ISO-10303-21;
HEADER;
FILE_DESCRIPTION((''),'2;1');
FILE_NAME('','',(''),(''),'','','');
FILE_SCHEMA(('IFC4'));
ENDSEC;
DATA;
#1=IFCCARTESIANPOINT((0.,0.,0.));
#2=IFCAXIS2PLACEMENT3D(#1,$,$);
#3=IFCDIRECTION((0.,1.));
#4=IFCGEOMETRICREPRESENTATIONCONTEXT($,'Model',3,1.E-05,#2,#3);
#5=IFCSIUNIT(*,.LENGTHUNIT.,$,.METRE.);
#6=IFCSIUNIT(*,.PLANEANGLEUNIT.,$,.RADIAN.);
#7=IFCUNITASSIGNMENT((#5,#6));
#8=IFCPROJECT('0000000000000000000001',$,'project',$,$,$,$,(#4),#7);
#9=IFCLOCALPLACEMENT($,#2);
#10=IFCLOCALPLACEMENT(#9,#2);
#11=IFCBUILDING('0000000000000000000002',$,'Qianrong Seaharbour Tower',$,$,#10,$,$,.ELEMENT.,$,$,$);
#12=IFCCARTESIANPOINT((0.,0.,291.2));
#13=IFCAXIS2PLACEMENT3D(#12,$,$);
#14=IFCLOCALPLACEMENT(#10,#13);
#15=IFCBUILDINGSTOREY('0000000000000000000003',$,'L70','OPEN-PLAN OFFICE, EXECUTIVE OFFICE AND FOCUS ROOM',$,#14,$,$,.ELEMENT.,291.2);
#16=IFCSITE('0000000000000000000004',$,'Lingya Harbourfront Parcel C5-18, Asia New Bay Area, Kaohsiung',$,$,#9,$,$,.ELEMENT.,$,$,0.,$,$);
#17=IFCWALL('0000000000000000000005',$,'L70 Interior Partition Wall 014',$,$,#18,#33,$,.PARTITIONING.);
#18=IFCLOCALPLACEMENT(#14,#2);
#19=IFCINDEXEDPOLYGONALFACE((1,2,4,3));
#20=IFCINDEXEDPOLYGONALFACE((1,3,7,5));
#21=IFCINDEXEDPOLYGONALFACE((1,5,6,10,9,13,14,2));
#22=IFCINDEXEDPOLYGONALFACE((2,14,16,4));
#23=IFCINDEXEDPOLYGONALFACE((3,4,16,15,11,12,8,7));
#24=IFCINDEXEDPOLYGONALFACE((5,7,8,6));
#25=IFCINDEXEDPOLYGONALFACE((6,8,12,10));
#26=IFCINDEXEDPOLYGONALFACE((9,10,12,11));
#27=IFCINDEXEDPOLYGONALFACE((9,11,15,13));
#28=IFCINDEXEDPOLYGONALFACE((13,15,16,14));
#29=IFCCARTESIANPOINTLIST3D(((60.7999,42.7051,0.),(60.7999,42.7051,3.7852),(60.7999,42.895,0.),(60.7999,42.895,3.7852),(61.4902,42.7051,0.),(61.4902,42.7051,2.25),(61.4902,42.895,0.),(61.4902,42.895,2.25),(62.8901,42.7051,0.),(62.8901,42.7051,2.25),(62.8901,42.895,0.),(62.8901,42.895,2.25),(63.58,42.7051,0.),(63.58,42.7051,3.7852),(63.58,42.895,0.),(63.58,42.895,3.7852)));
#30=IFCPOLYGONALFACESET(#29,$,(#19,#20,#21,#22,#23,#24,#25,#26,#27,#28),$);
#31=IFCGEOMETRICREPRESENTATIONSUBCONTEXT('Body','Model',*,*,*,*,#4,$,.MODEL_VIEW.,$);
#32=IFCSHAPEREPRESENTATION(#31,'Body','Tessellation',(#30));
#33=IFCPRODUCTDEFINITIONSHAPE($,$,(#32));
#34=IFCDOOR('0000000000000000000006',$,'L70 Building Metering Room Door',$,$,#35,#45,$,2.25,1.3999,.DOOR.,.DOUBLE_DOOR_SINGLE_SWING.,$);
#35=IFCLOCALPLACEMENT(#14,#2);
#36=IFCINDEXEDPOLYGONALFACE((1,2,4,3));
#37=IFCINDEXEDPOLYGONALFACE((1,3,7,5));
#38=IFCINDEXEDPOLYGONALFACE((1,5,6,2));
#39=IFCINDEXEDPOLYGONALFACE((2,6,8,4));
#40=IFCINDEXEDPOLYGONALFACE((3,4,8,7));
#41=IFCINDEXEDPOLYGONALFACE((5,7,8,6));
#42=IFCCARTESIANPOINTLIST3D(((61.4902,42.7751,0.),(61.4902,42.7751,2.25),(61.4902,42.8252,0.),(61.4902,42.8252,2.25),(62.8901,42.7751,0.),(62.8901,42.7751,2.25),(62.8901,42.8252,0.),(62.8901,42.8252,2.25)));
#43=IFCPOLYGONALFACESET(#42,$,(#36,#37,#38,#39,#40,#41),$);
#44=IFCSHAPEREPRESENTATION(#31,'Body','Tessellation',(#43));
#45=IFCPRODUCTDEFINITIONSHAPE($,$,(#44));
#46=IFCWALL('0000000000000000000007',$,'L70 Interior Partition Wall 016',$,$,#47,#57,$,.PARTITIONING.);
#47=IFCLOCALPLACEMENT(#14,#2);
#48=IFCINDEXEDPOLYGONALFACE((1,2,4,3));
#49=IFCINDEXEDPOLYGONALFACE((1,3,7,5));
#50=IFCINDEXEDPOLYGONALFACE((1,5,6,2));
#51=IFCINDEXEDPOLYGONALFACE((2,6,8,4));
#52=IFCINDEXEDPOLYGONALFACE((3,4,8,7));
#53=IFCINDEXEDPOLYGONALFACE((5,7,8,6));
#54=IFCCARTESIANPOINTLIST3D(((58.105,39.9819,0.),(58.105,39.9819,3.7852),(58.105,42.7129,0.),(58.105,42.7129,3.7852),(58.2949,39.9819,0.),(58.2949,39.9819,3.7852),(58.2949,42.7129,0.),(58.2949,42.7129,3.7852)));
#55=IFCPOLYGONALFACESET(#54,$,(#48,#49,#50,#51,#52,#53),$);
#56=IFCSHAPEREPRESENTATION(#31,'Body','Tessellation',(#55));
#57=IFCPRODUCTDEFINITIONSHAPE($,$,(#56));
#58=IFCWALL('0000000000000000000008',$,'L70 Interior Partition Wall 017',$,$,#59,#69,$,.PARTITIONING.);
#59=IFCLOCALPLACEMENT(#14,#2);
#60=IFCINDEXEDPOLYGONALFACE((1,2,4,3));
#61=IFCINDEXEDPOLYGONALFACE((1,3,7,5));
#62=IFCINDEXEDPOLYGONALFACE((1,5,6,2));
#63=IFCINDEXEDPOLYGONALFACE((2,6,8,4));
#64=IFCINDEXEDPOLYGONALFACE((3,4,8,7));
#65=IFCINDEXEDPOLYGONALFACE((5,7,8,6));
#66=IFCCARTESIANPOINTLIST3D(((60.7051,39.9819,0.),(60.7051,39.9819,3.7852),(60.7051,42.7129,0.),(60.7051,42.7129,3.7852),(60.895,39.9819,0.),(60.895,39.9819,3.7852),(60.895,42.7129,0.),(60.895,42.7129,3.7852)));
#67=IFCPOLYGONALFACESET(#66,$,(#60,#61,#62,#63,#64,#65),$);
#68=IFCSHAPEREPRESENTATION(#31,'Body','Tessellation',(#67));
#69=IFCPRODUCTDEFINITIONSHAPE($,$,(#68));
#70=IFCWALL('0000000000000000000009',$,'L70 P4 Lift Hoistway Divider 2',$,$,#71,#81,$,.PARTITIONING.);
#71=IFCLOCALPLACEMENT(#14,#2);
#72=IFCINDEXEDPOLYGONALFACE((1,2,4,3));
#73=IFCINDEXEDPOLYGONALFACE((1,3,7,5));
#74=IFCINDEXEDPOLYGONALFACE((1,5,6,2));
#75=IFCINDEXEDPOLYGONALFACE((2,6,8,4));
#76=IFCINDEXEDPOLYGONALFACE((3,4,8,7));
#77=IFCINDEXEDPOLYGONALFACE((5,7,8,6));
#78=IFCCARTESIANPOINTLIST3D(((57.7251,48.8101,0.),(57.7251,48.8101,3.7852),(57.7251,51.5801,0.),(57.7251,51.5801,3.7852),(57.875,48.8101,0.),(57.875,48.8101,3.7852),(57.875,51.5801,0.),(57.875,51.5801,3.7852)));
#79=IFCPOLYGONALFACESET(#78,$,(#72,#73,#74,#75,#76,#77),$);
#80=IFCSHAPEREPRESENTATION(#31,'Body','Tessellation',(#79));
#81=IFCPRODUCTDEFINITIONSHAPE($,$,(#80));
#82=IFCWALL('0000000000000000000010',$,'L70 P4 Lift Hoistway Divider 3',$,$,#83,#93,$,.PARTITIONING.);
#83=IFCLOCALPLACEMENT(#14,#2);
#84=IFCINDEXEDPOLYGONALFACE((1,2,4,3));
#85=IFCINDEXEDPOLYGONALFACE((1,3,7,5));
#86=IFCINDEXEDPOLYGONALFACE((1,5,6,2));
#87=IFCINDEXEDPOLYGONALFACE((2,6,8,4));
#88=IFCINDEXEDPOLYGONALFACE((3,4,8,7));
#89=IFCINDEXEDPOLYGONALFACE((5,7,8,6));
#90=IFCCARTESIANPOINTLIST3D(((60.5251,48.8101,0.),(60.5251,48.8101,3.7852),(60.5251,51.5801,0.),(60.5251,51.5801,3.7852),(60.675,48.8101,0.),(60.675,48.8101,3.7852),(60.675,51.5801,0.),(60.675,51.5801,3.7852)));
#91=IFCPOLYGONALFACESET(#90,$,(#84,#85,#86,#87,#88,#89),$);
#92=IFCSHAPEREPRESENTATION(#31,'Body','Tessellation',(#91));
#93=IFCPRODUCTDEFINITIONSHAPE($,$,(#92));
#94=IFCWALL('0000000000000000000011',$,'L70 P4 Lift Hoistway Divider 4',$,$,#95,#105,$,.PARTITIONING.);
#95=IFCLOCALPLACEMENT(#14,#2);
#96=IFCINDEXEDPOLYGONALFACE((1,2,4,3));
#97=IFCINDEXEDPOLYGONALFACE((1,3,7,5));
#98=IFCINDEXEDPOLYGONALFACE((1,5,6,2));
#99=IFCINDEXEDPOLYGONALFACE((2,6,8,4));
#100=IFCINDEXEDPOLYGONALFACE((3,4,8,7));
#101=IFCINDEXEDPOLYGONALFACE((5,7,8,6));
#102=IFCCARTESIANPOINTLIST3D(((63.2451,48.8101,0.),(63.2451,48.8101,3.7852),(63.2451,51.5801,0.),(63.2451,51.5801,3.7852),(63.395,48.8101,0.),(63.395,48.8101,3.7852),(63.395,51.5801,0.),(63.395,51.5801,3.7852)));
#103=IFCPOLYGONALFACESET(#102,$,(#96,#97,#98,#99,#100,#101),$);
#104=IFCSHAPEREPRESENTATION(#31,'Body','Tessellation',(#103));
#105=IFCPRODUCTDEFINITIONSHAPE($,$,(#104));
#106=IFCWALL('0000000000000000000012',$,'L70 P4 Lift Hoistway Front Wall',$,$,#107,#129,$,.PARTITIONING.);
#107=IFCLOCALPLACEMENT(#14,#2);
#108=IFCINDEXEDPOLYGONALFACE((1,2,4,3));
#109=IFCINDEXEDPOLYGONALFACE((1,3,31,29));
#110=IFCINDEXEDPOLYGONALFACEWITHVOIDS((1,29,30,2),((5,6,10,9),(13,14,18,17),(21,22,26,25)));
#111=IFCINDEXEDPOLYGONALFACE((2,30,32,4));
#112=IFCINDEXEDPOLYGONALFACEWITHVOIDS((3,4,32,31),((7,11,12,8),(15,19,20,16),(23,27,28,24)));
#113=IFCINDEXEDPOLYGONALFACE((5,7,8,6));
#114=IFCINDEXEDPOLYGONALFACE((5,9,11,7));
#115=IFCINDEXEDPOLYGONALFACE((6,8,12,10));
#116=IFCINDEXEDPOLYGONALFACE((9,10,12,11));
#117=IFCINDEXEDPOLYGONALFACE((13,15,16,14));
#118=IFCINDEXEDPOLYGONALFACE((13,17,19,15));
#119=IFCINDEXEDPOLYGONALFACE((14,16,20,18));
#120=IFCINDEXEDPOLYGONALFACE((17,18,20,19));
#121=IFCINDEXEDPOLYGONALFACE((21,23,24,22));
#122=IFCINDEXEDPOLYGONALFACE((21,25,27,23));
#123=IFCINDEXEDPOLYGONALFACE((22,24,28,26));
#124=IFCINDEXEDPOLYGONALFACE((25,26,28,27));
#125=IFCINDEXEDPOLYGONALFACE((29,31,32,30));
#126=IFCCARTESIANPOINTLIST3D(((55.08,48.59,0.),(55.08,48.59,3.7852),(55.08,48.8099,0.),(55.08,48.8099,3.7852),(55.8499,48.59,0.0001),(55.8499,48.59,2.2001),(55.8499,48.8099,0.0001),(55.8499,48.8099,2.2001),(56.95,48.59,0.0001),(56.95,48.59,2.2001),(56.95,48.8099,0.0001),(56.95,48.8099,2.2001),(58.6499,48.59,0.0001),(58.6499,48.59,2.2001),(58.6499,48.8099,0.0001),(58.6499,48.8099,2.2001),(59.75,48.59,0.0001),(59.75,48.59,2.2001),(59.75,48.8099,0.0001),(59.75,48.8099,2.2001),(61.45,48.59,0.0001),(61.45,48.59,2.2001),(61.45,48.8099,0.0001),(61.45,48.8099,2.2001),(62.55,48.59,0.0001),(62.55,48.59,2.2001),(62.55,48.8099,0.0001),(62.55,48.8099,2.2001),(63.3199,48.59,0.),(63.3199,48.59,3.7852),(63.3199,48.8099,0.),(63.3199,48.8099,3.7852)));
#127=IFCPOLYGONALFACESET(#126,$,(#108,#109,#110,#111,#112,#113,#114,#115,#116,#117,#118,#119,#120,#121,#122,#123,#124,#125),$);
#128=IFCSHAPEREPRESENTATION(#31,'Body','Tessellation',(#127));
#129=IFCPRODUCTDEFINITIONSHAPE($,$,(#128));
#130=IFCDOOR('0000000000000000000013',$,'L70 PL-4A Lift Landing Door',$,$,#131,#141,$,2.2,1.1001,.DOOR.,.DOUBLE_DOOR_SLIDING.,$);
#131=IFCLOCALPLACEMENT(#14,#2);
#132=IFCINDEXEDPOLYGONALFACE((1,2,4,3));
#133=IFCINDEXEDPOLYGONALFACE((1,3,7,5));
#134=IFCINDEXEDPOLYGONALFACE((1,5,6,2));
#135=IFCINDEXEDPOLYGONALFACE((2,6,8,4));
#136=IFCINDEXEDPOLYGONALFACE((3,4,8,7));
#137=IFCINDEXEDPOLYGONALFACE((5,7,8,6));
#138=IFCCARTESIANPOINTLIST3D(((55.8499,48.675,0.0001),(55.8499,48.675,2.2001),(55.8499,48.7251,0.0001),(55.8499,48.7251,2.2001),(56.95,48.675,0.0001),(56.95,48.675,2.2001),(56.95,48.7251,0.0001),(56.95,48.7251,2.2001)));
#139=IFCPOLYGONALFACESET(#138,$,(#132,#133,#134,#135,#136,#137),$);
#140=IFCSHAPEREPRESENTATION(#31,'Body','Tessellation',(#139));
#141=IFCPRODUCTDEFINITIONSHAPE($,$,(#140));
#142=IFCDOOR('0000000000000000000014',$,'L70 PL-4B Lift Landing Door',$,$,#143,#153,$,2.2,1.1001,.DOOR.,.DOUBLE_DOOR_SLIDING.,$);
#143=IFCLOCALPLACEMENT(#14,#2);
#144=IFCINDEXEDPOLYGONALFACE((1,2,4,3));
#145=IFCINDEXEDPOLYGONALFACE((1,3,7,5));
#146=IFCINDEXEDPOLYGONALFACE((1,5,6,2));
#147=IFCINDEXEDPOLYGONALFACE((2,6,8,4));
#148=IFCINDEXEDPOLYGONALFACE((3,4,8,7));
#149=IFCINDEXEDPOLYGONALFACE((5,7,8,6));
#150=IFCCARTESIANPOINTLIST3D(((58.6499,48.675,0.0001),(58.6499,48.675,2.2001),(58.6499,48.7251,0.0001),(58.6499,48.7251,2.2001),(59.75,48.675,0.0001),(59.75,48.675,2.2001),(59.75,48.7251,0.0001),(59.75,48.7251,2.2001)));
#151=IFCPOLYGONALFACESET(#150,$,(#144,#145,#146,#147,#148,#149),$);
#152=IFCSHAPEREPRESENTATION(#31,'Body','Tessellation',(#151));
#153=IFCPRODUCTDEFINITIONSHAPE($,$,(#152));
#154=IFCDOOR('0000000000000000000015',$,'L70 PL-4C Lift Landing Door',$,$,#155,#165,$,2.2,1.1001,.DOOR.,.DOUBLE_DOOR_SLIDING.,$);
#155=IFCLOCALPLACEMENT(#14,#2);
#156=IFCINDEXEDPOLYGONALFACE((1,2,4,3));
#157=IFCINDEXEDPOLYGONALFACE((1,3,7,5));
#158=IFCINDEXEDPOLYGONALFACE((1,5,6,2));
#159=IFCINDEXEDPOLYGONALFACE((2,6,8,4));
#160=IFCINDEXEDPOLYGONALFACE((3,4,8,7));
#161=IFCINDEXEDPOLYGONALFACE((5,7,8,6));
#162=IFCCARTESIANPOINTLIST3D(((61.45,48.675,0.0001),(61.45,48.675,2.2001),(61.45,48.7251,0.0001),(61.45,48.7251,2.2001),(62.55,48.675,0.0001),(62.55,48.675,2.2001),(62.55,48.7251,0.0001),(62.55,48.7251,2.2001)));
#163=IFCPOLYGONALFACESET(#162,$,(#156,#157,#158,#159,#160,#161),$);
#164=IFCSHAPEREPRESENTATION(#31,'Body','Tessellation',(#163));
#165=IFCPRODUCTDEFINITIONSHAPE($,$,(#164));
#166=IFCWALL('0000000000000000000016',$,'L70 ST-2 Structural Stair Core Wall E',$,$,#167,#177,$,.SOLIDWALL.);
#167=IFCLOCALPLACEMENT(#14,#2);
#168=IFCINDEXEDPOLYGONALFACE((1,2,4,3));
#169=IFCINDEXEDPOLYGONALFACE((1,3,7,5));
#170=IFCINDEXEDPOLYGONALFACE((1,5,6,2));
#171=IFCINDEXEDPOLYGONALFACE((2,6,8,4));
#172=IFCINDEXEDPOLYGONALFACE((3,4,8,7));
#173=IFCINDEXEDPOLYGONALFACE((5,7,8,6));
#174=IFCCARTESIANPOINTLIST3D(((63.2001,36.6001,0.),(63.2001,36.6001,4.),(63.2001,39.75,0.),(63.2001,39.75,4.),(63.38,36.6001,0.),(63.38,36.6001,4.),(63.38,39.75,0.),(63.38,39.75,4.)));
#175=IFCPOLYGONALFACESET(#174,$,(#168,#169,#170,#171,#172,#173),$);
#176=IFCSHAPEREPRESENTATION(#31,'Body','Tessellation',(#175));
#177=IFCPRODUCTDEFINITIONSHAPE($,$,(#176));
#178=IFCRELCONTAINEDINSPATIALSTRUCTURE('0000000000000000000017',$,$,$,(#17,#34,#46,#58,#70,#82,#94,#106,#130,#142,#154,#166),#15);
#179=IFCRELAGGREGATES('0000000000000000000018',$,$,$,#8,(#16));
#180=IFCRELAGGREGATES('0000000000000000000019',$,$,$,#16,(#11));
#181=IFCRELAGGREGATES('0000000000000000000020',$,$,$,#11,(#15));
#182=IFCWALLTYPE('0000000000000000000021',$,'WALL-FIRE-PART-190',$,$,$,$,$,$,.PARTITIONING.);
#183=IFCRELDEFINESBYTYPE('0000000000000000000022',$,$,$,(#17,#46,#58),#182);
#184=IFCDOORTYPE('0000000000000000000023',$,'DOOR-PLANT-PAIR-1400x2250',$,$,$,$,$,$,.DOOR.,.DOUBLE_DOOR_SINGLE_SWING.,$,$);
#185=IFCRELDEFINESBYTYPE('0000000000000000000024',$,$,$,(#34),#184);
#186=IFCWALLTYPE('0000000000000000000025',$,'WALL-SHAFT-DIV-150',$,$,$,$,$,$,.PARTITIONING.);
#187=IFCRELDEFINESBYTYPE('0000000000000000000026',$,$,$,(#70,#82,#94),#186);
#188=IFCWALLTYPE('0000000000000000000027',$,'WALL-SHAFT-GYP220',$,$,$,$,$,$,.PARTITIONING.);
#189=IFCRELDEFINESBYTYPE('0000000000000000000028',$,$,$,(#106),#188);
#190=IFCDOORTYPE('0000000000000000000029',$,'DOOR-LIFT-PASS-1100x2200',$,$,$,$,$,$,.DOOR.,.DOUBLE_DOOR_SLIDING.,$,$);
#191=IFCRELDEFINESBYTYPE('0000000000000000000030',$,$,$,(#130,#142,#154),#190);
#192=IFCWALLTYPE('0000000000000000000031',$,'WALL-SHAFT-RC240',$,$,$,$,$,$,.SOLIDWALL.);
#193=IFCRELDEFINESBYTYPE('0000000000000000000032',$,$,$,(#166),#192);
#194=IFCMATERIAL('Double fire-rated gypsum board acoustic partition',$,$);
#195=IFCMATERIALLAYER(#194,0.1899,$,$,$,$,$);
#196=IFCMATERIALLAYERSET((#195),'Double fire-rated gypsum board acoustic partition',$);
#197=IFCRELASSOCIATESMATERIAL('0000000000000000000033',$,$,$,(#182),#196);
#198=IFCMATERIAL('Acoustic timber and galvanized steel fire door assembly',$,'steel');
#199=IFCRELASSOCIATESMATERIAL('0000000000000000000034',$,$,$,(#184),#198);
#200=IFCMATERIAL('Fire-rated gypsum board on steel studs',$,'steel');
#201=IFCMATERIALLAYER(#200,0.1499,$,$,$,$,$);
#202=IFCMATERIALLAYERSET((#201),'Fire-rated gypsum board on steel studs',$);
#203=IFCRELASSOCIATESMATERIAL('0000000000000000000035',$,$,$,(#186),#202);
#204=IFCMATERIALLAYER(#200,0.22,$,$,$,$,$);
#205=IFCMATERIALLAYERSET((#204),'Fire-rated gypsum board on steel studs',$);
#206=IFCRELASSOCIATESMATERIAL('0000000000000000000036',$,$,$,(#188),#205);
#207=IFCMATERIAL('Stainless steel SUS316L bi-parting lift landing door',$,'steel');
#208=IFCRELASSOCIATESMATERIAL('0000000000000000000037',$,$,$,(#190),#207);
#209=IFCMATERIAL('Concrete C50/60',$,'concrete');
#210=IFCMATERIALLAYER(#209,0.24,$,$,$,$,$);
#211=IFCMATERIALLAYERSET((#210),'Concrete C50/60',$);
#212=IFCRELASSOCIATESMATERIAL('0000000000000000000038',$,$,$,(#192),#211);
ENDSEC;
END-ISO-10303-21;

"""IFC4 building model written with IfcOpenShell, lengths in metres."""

from ifc_helpers import new_model, si_unit, direction, frame, frame_2d, origin, place, context, subcontext, project, spatial, rectangle, extrude, material, layer, layer_set, type_object, element, fill, save


model = new_model("IFC4")

# Units and contexts
model_context = context("Model", 3, precision=1e-05, world=origin(), true_north=direction((0.0, 1.0)))
body_context = subcontext(model_context, "Body", "Model", "MODEL_VIEW")
ifc_project = project(units=[si_unit("LENGTHUNIT", "METRE"), si_unit("PLANEANGLEUNIT", "RADIAN")], contexts=[model_context])

# Site, building, storey
site_placement = place(None, origin())
site = spatial("IfcSite", under=ifc_project, at=site_placement, Name="Lingya Harbourfront Parcel C5-18, Asia New Bay Area, Kaohsiung", CompositionType="ELEMENT", RefElevation=0.0)
building_placement = place(site_placement, origin())
building = spatial("IfcBuilding", under=site, at=building_placement, Name="Qianrong Seaharbour Tower", CompositionType="ELEMENT")
storey_placement = place(building_placement, frame((0.0, 0.0, 291.2)))
storey = spatial("IfcBuildingStorey", under=building, at=storey_placement, Name="L70", Description="OPEN-PLAN OFFICE, EXECUTIVE OFFICE AND FOCUS ROOM", CompositionType="ELEMENT", Elevation=291.2)

# Shared definitions
ifc_material_1 = material(Name="Concrete C50/60", Category="concrete")

# Shared definitions
ifc_material_2 = material(Name="Acoustic timber and galvanized steel fire door assembly", Category="steel")

# Shared definitions
ifc_material_3 = material(Name="Double fire-rated gypsum board acoustic partition")
ifc_layer_1 = layer(ifc_material_3, 0.1899)
ifc_layer_set_1 = layer_set([ifc_layer_1], Name="Double fire-rated gypsum board acoustic partition")
wall_type_1 = type_object("IfcWallType", Name="WALL-FIRE-PART-190", PredefinedType="PARTITIONING", material=ifc_layer_set_1)

# Wall, opening, door
wall_1_placement = place(storey_placement, frame((63.5801, 42.8, 0.0), z_axis=(0.0, 0.0, 1.0), x_axis=(-1.0, 0.0, 0.0)))
wall_1 = element("IfcWall", 1, at=wall_1_placement, inside=storey, type_object=wall_type_1, Name="L70 Interior Partition Wall 014", PredefinedType="PARTITIONING", context=body_context, shape_type="SweptSolid", body=[
    extrude(rectangle(XDim=2.78, YDim=0.1899, at=frame_2d((1.3901, 0.0))), origin(), (0.0, 0.0, 1.0), 3.7852),
])
opening_1_placement = place(wall_1_placement, frame((0.6899, 0.0, 0.0)))
opening_1 = element("IfcOpeningElement", 2, at=opening_1_placement, cuts=wall_1, PredefinedType="OPENING", context=body_context, shape_type="SweptSolid", body=[
    extrude(rectangle(XDim=1.3999, YDim=2.25, at=frame_2d((0.7, 1.125))), frame((0.0, 0.105, 0.0), z_axis=(0.0, -1.0, 0.0), x_axis=(1.0, 0.0, 0.0)), (0.0, 0.0, 1.0), 0.21),
])
door_type_1 = type_object("IfcDoorType", Name="DOOR-PLANT-PAIR-1400x2250", OperationType="DOUBLE_DOOR_SINGLE_SWING", PredefinedType="DOOR", material=ifc_material_2)
door_1_placement = place(opening_1_placement, origin())
door_1 = element("IfcDoor", 3, at=door_1_placement, inside=storey, type_object=door_type_1, Name="L70 Building Metering Room Door", OperationType="DOUBLE_DOOR_SINGLE_SWING", OverallHeight=2.25, OverallWidth=1.3999, PredefinedType="DOOR", context=body_context, shape_type="SweptSolid", body=[
    extrude(rectangle(XDim=1.3999, YDim=2.25, at=frame_2d((0.7, 1.125))), frame((0.0, 0.0249, 0.0), z_axis=(0.0, -1.0, 0.0), x_axis=(1.0, 0.0, 0.0)), (0.0, 0.0, 1.0), 0.05),
])
fill(opening_1, door_1)

# Walls
for number, where, z_axis, x_axis, name in (
    (4, (58.2, 42.7129, 0.0), (0.0, 0.0, 1.0), (0.0, -1.0, 0.0), "L70 Interior Partition Wall 016"),
    (5, (60.8, 42.7129, 0.0), (0.0, 0.0, 1.0), (0.0, -1.0, 0.0), "L70 Interior Partition Wall 017"),
):
    element("IfcWall", number, at=place(storey_placement, frame(where, z_axis=z_axis, x_axis=x_axis)), inside=storey, type_object=wall_type_1, Name=name, PredefinedType="PARTITIONING", context=body_context, shape_type="SweptSolid", body=[
        extrude(rectangle(XDim=2.731, YDim=0.1899, at=frame_2d((1.3655, 0.0))), origin(), (0.0, 0.0, 1.0), 3.7852),
    ])
ifc_material_4 = material(Name="Fire-rated gypsum board on steel studs", Category="steel")
ifc_layer_2 = layer(ifc_material_4, 0.1499)
ifc_layer_set_2 = layer_set([ifc_layer_2], Name="Fire-rated gypsum board on steel studs")
wall_type_2 = type_object("IfcWallType", Name="WALL-SHAFT-DIV-150", PredefinedType="PARTITIONING", material=ifc_layer_set_2)
for number, where, z_axis, x_axis, name in (
    (6, (57.8, 48.8101, 0.0), (0.0, 0.0, 1.0), (0.0, 1.0, 0.0), "L70 P4 Lift Hoistway Divider 2"),
    (7, (60.6001, 48.8101, 0.0), (0.0, 0.0, 1.0), (0.0, 1.0, 0.0), "L70 P4 Lift Hoistway Divider 3"),
    (8, (63.3201, 48.8101, 0.0), (0.0, 0.0, 1.0), (0.0, 1.0, 0.0), "L70 P4 Lift Hoistway Divider 4"),
):
    element("IfcWall", number, at=place(storey_placement, frame(where, z_axis=z_axis, x_axis=x_axis)), inside=storey, type_object=wall_type_2, Name=name, PredefinedType="PARTITIONING", context=body_context, shape_type="SweptSolid", body=[
        extrude(rectangle(XDim=2.77, YDim=0.1499, at=frame_2d((1.385, 0.0))), origin(), (0.0, 0.0, 1.0), 3.7852),
    ])

# Wall, openings, doors
ifc_layer_3 = layer(ifc_material_4, 0.22)
ifc_layer_set_3 = layer_set([ifc_layer_3], Name="Fire-rated gypsum board on steel studs")
wall_type_3 = type_object("IfcWallType", Name="WALL-SHAFT-GYP220", PredefinedType="PARTITIONING", material=ifc_layer_set_3)
wall_2_placement = place(storey_placement, frame((63.3201, 48.7, 0.0), z_axis=(0.0, 0.0, 1.0), x_axis=(-1.0, 0.0, 0.0)))
wall_2 = element("IfcWall", 9, at=wall_2_placement, inside=storey, type_object=wall_type_3, Name="L70 P4 Lift Hoistway Front Wall", PredefinedType="PARTITIONING", context=body_context, shape_type="SweptSolid", body=[
    extrude(rectangle(XDim=8.24, YDim=0.22, at=frame_2d((4.1201, 0.0))), origin(), (0.0, 0.0, 1.0), 3.7852),
])
opening_2_placement = place(wall_2_placement, frame((6.3701, 0.0, 0.0)))
opening_2 = element("IfcOpeningElement", 10, at=opening_2_placement, cuts=wall_2, PredefinedType="OPENING", context=body_context, shape_type="SweptSolid", body=[
    extrude(rectangle(XDim=1.1001, YDim=2.2, at=frame_2d((0.55, 1.1001))), frame((0.0, 0.1201, 0.0), z_axis=(0.0, -1.0, 0.0), x_axis=(1.0, 0.0, 0.0)), (0.0, 0.0, 1.0), 0.24),
])
opening_3_placement = place(wall_2_placement, frame((3.5701, 0.0, 0.0)))
opening_3 = element("IfcOpeningElement", 11, at=opening_3_placement, cuts=wall_2, PredefinedType="OPENING", context=body_context, shape_type="SweptSolid", body=[
    extrude(rectangle(XDim=1.1001, YDim=2.2, at=frame_2d((0.55, 1.1001))), frame((0.0, 0.1201, 0.0), z_axis=(0.0, -1.0, 0.0), x_axis=(1.0, 0.0, 0.0)), (0.0, 0.0, 1.0), 0.24),
])
opening_4_placement = place(wall_2_placement, frame((0.77, 0.0, 0.0)))
opening_4 = element("IfcOpeningElement", 12, at=opening_4_placement, cuts=wall_2, PredefinedType="OPENING", context=body_context, shape_type="SweptSolid", body=[
    extrude(rectangle(XDim=1.1001, YDim=2.2, at=frame_2d((0.55, 1.1001))), frame((0.0, 0.1201, 0.0), z_axis=(0.0, -1.0, 0.0), x_axis=(1.0, 0.0, 0.0)), (0.0, 0.0, 1.0), 0.24),
])
ifc_material_5 = material(Name="Stainless steel SUS316L bi-parting lift landing door", Category="steel")
door_type_2 = type_object("IfcDoorType", Name="DOOR-LIFT-PASS-1100x2200", OperationType="DOUBLE_DOOR_SLIDING", PredefinedType="DOOR", material=ifc_material_5)
door_2_placement = place(opening_2_placement, origin())
door_2 = element("IfcDoor", 13, at=door_2_placement, inside=storey, type_object=door_type_2, Name="L70 PL-4A Lift Landing Door", OperationType="DOUBLE_DOOR_SLIDING", OverallHeight=2.2, OverallWidth=1.1001, PredefinedType="DOOR", context=body_context, shape_type="SweptSolid", body=[
    extrude(rectangle(XDim=1.1001, YDim=2.2, at=frame_2d((0.55, 1.1001))), frame((0.0, 0.0249, 0.0), z_axis=(0.0, -1.0, 0.0), x_axis=(1.0, 0.0, 0.0)), (0.0, 0.0, 1.0), 0.05),
])
fill(opening_2, door_2)
door_3_placement = place(opening_3_placement, origin())
door_3 = element("IfcDoor", 14, at=door_3_placement, inside=storey, type_object=door_type_2, Name="L70 PL-4B Lift Landing Door", OperationType="DOUBLE_DOOR_SLIDING", OverallHeight=2.2, OverallWidth=1.1001, PredefinedType="DOOR", context=body_context, shape_type="SweptSolid", body=[
    extrude(rectangle(XDim=1.1001, YDim=2.2, at=frame_2d((0.55, 1.1001))), frame((0.0, 0.0249, 0.0), z_axis=(0.0, -1.0, 0.0), x_axis=(1.0, 0.0, 0.0)), (0.0, 0.0, 1.0), 0.05),
])
fill(opening_3, door_3)
door_4_placement = place(opening_4_placement, origin())
door_4 = element("IfcDoor", 15, at=door_4_placement, inside=storey, type_object=door_type_2, Name="L70 PL-4C Lift Landing Door", OperationType="DOUBLE_DOOR_SLIDING", OverallHeight=2.2, OverallWidth=1.1001, PredefinedType="DOOR", context=body_context, shape_type="SweptSolid", body=[
    extrude(rectangle(XDim=1.1001, YDim=2.2, at=frame_2d((0.55, 1.1001))), frame((0.0, 0.0249, 0.0), z_axis=(0.0, -1.0, 0.0), x_axis=(1.0, 0.0, 0.0)), (0.0, 0.0, 1.0), 0.05),
])
fill(opening_4, door_4)

# Wall
ifc_layer_4 = layer(ifc_material_1, 0.24)
ifc_layer_set_4 = layer_set([ifc_layer_4], Name="Concrete C50/60")
wall_type_4 = type_object("IfcWallType", Name="WALL-SHAFT-RC240", PredefinedType="SOLIDWALL", material=ifc_layer_set_4)
wall_3_placement = place(storey_placement, frame((63.29, 36.6001, 0.0), z_axis=(0.0, 0.0, 1.0), x_axis=(0.0, 1.0, 0.0)))
element("IfcWall", 16, at=wall_3_placement, inside=storey, type_object=wall_type_4, Name="L70 ST-2 Structural Stair Core Wall E", PredefinedType="SOLIDWALL", context=body_context, shape_type="SweptSolid", body=[
    extrude(rectangle(XDim=3.1499, YDim=0.1799, at=frame_2d((1.575, 0.0))), origin(), (0.0, 0.0, 1.0), 4.0),
])

save(model, "model.ifc")
